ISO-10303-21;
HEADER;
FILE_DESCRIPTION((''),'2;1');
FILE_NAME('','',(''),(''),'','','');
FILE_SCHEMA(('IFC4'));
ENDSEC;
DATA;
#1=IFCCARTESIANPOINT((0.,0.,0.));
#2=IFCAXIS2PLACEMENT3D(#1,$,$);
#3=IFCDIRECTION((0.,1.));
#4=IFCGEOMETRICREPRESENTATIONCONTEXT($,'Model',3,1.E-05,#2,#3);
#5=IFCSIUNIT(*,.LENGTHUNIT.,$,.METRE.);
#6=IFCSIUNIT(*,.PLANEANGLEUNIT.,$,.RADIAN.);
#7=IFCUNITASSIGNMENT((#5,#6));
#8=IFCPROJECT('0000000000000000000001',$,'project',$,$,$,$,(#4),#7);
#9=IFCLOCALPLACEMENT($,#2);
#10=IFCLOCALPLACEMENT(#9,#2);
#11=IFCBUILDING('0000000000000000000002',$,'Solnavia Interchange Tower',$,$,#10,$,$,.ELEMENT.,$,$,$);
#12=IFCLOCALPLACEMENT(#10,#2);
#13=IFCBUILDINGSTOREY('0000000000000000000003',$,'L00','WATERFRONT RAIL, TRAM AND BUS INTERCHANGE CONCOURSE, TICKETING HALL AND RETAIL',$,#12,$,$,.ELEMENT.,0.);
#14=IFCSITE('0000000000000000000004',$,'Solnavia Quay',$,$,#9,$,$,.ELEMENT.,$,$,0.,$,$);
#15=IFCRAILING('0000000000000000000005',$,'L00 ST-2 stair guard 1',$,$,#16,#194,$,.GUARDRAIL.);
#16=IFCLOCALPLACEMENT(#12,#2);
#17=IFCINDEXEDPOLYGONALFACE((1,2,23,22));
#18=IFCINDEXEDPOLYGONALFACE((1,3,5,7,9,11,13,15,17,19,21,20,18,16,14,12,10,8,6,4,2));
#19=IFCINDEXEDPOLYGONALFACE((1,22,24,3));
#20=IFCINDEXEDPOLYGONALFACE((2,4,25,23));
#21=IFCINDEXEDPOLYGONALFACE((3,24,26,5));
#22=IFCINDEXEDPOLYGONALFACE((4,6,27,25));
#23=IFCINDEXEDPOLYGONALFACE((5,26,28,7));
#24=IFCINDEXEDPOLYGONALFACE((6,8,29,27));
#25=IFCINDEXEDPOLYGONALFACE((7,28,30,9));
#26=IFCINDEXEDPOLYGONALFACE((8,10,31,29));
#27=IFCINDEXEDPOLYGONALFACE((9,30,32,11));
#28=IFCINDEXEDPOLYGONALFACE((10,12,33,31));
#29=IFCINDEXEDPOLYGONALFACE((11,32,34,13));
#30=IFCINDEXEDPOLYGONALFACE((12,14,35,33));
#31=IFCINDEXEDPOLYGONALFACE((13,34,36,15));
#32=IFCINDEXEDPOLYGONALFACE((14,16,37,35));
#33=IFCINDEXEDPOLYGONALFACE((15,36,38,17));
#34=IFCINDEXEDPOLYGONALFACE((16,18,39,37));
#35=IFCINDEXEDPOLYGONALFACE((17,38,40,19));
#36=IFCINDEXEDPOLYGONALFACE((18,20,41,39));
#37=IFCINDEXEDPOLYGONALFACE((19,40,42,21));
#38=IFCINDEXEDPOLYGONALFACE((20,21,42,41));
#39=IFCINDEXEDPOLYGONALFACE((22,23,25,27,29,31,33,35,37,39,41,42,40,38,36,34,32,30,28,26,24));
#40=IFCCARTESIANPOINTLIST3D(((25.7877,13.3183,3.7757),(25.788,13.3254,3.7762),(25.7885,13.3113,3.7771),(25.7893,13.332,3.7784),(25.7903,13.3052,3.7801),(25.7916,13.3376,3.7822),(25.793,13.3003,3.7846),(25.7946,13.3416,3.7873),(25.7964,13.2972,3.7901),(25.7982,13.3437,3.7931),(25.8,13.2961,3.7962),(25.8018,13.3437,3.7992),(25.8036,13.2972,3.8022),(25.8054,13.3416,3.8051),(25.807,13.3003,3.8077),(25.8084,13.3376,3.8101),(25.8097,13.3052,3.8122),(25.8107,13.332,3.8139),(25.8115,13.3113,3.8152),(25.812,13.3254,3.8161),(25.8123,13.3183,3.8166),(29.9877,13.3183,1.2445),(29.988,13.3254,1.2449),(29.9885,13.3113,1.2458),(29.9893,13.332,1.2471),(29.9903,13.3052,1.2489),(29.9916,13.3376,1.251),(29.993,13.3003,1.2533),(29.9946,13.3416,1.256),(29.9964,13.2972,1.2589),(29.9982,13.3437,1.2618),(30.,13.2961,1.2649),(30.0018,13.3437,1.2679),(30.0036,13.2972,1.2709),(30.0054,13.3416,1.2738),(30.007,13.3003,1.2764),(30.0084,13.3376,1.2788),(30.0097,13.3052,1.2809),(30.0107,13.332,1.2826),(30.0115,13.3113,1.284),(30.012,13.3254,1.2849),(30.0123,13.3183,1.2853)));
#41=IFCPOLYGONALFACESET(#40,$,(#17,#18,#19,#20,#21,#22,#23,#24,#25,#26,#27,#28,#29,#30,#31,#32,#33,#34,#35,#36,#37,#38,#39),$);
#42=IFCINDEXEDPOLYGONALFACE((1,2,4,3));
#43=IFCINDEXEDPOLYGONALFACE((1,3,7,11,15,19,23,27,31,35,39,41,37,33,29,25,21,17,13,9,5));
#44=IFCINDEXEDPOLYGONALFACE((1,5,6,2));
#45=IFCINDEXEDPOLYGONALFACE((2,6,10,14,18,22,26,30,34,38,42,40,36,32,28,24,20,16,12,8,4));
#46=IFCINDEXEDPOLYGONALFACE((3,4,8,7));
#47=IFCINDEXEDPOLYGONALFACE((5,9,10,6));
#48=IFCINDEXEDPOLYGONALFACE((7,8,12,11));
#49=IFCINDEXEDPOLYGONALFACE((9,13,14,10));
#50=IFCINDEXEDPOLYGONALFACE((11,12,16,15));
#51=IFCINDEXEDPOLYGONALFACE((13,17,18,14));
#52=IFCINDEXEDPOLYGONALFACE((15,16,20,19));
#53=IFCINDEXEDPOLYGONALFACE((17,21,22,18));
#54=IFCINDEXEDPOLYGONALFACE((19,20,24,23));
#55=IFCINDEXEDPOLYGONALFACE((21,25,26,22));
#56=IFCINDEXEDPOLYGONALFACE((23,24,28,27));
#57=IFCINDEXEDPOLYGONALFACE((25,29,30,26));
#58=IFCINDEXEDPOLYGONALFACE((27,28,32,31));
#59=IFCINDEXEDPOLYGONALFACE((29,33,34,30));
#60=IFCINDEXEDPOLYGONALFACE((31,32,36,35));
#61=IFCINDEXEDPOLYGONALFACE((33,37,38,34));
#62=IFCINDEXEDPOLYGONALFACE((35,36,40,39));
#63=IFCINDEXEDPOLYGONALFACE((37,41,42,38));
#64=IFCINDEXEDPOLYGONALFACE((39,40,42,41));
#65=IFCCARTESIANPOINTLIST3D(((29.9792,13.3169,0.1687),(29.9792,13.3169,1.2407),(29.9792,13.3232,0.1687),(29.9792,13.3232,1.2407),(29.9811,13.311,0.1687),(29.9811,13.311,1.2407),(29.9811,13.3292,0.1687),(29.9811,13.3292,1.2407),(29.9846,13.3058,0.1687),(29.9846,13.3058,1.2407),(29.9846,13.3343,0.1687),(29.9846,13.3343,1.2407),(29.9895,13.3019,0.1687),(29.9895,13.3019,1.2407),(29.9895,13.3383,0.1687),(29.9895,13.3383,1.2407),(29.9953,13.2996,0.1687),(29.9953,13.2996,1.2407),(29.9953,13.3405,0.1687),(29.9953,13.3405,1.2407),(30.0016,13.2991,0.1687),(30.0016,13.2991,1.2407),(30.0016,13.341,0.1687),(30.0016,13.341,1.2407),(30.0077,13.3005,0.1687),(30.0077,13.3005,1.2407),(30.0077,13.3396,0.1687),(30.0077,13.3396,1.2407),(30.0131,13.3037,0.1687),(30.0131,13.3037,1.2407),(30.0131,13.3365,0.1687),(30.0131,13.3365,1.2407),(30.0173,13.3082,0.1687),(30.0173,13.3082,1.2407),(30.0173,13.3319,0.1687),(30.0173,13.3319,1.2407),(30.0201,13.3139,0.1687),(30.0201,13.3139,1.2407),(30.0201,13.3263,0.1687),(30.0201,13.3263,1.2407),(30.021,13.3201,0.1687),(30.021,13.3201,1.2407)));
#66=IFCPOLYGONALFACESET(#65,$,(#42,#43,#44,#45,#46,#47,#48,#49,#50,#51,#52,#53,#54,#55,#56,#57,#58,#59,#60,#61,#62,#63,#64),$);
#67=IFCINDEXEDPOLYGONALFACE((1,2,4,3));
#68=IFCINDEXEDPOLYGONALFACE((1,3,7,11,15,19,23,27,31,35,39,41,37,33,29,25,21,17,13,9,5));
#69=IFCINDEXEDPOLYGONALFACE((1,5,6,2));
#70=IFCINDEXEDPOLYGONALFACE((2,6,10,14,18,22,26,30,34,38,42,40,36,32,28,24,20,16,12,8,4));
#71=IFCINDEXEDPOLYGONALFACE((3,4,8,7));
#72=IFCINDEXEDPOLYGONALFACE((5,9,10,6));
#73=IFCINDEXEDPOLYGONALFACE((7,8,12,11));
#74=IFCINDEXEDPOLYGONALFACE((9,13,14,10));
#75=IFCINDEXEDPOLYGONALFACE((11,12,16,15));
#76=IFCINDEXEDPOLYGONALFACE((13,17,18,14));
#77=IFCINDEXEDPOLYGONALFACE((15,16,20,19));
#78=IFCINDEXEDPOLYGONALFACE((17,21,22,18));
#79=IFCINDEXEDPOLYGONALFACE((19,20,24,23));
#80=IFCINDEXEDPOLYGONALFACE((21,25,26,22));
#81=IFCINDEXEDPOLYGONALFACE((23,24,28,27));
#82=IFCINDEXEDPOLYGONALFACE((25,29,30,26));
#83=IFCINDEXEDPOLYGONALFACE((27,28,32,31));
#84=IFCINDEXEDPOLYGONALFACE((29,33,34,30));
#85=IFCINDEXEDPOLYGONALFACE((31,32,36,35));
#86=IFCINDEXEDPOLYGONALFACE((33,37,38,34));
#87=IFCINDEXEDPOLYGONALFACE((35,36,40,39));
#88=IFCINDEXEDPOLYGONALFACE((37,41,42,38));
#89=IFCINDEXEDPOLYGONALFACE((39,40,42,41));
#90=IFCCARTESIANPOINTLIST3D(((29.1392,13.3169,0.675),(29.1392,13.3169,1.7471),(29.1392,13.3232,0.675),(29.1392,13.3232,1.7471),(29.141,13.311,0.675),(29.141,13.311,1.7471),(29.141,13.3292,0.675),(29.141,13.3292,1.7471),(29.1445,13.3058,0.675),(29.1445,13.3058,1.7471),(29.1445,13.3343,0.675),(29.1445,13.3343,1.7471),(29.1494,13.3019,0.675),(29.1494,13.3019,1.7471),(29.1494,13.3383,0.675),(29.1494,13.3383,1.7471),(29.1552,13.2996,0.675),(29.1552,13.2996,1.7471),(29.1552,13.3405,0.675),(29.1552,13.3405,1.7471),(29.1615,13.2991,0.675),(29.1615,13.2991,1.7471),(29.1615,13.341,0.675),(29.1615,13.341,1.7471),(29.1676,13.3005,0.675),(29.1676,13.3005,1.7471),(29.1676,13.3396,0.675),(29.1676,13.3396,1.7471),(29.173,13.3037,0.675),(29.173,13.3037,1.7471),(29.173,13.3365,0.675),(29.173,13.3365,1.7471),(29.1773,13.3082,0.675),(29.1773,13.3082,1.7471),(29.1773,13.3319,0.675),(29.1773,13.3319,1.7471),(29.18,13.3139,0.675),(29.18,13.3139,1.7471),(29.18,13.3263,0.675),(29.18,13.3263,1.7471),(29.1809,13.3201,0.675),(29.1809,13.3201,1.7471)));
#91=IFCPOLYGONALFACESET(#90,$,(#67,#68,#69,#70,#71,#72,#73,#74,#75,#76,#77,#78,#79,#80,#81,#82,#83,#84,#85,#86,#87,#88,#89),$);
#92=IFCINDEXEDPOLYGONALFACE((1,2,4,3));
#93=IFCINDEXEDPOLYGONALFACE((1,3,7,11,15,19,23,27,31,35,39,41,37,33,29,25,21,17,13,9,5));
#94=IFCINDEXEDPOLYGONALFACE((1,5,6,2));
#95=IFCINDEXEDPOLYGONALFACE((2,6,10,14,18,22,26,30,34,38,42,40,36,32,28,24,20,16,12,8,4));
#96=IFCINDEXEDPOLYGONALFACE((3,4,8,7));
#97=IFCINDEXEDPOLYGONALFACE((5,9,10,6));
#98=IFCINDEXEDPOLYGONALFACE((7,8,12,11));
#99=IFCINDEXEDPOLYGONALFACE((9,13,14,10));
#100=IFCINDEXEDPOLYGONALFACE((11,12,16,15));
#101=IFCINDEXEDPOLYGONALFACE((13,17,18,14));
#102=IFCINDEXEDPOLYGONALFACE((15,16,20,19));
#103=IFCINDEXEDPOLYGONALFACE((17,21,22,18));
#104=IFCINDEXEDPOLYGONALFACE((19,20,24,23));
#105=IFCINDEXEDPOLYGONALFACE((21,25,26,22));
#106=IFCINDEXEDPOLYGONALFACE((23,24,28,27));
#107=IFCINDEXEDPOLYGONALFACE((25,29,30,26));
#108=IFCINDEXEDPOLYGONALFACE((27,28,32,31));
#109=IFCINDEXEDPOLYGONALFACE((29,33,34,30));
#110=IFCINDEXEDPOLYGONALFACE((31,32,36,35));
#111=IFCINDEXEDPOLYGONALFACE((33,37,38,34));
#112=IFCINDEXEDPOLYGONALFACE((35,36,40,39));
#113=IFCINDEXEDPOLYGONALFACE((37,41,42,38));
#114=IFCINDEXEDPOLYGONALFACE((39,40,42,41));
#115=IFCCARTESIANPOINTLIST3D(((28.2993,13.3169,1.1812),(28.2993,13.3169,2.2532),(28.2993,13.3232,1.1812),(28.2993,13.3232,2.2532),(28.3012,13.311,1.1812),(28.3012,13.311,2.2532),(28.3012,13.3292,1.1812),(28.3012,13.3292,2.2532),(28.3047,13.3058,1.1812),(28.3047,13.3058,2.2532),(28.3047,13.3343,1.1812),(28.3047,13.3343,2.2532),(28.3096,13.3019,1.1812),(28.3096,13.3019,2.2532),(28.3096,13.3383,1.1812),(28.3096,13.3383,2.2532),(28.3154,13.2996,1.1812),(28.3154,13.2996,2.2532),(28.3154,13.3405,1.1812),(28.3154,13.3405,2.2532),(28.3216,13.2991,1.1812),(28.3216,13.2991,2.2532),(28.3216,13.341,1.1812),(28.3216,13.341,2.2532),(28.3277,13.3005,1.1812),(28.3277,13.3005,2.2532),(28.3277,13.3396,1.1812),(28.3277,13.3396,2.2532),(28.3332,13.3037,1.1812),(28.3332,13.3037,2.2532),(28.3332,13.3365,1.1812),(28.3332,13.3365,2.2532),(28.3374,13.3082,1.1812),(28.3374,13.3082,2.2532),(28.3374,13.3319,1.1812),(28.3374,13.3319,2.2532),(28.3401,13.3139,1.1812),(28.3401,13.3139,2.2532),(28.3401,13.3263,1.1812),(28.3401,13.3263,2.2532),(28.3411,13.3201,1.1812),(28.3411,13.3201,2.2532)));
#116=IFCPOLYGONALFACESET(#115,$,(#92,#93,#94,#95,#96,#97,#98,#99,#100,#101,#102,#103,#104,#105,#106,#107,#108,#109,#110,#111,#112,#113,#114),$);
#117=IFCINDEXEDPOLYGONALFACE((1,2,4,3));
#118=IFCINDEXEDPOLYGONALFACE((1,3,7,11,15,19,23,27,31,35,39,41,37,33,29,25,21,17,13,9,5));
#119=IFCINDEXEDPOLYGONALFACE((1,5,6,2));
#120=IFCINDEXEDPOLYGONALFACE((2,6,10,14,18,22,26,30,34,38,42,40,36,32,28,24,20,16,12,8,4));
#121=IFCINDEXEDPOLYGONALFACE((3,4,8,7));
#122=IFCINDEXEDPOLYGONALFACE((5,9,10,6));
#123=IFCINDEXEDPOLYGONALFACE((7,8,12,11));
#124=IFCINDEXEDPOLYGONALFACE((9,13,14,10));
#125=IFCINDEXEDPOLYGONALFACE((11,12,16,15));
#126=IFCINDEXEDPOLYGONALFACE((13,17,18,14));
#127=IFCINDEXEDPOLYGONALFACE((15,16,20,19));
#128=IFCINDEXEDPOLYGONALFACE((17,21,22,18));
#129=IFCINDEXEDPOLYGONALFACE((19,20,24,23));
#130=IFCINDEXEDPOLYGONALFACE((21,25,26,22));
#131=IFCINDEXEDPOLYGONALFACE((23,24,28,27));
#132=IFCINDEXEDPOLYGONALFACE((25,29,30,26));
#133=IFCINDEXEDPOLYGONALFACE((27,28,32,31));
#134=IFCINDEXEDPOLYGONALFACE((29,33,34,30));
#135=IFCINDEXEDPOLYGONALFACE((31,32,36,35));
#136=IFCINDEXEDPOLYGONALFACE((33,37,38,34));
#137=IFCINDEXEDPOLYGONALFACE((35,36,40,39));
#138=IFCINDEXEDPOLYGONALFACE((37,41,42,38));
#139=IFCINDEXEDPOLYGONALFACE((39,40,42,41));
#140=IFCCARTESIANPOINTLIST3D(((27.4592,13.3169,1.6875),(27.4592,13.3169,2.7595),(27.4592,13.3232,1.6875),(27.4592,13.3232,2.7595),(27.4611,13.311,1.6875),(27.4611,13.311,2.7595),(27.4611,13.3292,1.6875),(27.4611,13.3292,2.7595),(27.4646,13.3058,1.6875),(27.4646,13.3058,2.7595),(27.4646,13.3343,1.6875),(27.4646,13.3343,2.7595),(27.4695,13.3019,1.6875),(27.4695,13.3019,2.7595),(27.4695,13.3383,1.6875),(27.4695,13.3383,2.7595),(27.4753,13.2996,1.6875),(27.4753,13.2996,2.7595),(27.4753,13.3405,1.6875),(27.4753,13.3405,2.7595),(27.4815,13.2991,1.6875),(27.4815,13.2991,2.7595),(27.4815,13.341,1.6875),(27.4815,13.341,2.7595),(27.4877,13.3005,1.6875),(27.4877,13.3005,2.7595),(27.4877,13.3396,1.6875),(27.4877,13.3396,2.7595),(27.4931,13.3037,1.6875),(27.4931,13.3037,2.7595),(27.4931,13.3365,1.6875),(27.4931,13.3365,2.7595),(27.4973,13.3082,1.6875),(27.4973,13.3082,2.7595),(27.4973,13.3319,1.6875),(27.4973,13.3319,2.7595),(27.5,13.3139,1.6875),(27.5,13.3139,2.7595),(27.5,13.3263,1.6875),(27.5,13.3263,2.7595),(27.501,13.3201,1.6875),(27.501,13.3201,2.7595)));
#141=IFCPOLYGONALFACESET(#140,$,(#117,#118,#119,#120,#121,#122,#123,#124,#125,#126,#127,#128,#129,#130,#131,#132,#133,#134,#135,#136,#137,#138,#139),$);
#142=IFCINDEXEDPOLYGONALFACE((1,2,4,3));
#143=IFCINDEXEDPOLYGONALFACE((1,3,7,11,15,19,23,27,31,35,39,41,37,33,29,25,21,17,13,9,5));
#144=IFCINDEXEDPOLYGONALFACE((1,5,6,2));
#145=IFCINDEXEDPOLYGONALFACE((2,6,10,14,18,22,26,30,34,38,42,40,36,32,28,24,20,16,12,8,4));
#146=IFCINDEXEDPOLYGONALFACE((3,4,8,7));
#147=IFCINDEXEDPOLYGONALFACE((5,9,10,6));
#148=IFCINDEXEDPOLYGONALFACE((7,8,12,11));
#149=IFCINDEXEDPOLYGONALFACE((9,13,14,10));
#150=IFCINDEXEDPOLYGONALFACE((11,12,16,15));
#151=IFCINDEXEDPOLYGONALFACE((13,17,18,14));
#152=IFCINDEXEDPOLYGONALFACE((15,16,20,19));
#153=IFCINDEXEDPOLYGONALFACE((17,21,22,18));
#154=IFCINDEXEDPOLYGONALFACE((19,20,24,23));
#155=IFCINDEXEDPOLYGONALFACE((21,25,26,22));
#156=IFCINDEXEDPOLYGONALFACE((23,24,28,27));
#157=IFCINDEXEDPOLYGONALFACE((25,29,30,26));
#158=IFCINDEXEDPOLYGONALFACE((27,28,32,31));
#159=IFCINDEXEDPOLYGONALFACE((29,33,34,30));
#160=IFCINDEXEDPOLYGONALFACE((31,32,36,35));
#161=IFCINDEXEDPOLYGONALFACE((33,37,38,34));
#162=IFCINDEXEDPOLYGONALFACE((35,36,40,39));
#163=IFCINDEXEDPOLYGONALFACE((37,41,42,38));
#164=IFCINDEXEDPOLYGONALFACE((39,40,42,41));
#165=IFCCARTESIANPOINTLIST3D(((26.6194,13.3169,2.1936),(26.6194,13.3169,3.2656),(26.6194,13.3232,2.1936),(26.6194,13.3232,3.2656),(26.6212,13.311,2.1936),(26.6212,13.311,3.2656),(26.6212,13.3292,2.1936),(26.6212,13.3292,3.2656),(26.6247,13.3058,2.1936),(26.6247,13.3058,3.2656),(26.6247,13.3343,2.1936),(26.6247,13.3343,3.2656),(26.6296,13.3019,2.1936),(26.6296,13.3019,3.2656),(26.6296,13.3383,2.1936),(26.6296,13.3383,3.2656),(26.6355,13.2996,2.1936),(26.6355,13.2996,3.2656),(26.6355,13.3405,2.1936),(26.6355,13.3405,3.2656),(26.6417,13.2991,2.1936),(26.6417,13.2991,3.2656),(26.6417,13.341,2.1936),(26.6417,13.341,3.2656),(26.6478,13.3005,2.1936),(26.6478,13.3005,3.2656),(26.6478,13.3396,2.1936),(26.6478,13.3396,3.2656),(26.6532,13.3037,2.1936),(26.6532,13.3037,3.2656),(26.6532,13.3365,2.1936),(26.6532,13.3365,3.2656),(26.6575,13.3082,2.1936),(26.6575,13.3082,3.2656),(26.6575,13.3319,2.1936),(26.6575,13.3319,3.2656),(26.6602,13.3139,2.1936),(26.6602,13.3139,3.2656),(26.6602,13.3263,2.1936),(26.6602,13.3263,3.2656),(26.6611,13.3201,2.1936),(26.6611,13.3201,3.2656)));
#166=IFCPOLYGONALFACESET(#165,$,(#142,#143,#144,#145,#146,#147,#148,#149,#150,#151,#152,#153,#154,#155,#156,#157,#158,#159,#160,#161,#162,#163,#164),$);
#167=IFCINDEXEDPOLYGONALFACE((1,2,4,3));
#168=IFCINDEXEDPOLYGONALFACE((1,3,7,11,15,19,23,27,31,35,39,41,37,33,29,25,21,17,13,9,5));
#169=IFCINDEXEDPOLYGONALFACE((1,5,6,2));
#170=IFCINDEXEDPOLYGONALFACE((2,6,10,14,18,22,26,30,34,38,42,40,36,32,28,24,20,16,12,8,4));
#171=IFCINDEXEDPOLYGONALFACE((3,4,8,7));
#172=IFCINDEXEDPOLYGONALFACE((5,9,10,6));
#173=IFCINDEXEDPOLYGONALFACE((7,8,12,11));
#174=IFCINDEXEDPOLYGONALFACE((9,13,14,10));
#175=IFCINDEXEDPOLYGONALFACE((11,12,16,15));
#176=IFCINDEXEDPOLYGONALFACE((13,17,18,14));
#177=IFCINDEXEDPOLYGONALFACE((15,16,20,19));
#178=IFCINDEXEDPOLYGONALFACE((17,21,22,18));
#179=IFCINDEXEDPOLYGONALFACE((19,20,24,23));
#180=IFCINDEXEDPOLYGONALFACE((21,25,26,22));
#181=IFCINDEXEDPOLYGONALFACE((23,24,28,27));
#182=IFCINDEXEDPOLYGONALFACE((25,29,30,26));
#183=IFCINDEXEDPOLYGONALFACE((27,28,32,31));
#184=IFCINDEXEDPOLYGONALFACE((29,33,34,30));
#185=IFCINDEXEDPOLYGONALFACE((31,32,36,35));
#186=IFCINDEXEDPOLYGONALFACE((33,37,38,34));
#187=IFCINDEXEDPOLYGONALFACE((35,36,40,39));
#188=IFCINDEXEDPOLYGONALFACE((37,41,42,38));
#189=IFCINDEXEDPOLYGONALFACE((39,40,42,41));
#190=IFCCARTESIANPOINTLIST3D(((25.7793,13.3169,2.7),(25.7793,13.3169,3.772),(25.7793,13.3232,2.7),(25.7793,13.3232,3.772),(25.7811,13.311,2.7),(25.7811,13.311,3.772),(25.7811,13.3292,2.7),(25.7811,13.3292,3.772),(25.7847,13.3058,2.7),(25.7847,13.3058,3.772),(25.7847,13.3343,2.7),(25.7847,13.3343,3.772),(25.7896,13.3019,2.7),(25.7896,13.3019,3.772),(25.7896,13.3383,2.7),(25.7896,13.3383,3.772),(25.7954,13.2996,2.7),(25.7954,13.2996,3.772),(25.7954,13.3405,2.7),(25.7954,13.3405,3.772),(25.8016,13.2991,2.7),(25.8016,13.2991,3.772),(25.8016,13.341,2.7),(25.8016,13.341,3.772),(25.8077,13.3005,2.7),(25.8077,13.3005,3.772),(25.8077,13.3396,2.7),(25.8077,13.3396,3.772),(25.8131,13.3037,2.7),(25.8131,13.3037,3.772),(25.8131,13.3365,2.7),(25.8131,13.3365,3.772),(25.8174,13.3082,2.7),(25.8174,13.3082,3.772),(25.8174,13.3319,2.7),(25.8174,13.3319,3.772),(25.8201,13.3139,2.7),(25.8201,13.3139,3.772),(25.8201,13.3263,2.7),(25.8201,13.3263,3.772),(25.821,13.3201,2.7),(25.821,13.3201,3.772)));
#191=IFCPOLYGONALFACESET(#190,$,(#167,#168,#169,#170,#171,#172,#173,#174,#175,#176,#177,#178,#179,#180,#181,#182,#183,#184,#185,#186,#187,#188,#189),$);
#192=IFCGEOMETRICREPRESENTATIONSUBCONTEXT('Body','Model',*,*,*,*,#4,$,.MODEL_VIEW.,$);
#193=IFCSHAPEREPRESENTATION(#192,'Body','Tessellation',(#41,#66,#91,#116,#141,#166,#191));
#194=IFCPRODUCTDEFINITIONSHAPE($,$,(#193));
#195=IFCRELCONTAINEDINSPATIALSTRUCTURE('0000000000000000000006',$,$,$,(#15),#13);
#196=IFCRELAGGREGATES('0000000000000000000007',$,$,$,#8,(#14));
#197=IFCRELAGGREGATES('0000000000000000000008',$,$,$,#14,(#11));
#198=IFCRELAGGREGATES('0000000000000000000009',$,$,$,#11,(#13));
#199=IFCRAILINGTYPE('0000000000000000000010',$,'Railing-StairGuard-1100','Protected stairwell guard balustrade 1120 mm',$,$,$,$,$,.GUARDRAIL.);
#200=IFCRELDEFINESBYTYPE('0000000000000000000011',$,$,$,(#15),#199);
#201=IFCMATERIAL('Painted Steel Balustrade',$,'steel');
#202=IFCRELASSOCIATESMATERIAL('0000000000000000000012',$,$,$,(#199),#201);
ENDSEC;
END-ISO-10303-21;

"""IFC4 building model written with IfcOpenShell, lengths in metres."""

from ifc_helpers import new_model, si_unit, direction, frame, origin, origin_2d, place, context, subcontext, project, spatial, circle, extrude, material, type_object, element, save


model = new_model("IFC4")

# Units and contexts
model_context = context("Model", 3, precision=1e-05, world=origin(), true_north=direction((0.0, 1.0)))
body_context = subcontext(model_context, "Body", "Model", "MODEL_VIEW")
ifc_project = project(units=[si_unit("LENGTHUNIT", "METRE"), si_unit("PLANEANGLEUNIT", "RADIAN")], contexts=[model_context])

# Site, building, storey
site_placement = place(None, origin())
site = spatial("IfcSite", under=ifc_project, at=site_placement, Name="Solnavia Quay", CompositionType="ELEMENT", RefElevation=0.0)
building_placement = place(site_placement, origin())
building = spatial("IfcBuilding", under=site, at=building_placement, Name="Solnavia Interchange Tower", CompositionType="ELEMENT")
storey_placement = place(building_placement, origin())
storey = spatial("IfcBuildingStorey", under=building, at=storey_placement, Name="L00", Description="WATERFRONT RAIL, TRAM AND BUS INTERCHANGE CONCOURSE, TICKETING HALL AND RETAIL", CompositionType="ELEMENT", Elevation=0.0)

# Railing
ifc_material_1 = material(Name="Painted Steel Balustrade", Category="steel")
railing_type_1 = type_object("IfcRailingType", Name="Railing-StairGuard-1100", Description="Protected stairwell guard balustrade 1120 mm", PredefinedType="GUARDRAIL", material=ifc_material_1)
railing_1_placement = place(storey_placement, frame((30.0, 13.3201, 0.1687)))
element("IfcRailing", 1, at=railing_1_placement, inside=storey, type_object=railing_type_1, Name="L00 ST-2 stair guard 1", PredefinedType="GUARDRAIL", context=body_context, shape_type="SweptSolid", body=[
    extrude(circle(Radius=0.0239, at=origin_2d()), frame((0.0, 0.0, 1.0962), z_axis=(-0.856476, 0.0, 0.516186), x_axis=(0.0, -1.0, 0.0)), (0.0, 0.0, 1.0), 4.9038),
    extrude(circle(Radius=0.021, at=origin_2d()), origin(), (0.0, 0.0, 1.0), 1.072),
    extrude(circle(Radius=0.021, at=origin_2d()), frame((-0.8401, 0.0, 0.5063)), (0.0, 0.0, 1.0), 1.072),
    extrude(circle(Radius=0.021, at=origin_2d()), frame((-1.6799, 0.0, 1.0125)), (0.0, 0.0, 1.0), 1.072),
    extrude(circle(Radius=0.021, at=origin_2d()), frame((-2.52, 0.0, 1.5188)), (0.0, 0.0, 1.0), 1.072),
    extrude(circle(Radius=0.021, at=origin_2d()), frame((-3.3599, 0.0, 2.0249)), (0.0, 0.0, 1.0), 1.072),
    extrude(circle(Radius=0.021, at=origin_2d()), frame((-4.2, 0.0, 2.5312)), (0.0, 0.0, 1.0), 1.072),
])

save(model, "model.ifc")
